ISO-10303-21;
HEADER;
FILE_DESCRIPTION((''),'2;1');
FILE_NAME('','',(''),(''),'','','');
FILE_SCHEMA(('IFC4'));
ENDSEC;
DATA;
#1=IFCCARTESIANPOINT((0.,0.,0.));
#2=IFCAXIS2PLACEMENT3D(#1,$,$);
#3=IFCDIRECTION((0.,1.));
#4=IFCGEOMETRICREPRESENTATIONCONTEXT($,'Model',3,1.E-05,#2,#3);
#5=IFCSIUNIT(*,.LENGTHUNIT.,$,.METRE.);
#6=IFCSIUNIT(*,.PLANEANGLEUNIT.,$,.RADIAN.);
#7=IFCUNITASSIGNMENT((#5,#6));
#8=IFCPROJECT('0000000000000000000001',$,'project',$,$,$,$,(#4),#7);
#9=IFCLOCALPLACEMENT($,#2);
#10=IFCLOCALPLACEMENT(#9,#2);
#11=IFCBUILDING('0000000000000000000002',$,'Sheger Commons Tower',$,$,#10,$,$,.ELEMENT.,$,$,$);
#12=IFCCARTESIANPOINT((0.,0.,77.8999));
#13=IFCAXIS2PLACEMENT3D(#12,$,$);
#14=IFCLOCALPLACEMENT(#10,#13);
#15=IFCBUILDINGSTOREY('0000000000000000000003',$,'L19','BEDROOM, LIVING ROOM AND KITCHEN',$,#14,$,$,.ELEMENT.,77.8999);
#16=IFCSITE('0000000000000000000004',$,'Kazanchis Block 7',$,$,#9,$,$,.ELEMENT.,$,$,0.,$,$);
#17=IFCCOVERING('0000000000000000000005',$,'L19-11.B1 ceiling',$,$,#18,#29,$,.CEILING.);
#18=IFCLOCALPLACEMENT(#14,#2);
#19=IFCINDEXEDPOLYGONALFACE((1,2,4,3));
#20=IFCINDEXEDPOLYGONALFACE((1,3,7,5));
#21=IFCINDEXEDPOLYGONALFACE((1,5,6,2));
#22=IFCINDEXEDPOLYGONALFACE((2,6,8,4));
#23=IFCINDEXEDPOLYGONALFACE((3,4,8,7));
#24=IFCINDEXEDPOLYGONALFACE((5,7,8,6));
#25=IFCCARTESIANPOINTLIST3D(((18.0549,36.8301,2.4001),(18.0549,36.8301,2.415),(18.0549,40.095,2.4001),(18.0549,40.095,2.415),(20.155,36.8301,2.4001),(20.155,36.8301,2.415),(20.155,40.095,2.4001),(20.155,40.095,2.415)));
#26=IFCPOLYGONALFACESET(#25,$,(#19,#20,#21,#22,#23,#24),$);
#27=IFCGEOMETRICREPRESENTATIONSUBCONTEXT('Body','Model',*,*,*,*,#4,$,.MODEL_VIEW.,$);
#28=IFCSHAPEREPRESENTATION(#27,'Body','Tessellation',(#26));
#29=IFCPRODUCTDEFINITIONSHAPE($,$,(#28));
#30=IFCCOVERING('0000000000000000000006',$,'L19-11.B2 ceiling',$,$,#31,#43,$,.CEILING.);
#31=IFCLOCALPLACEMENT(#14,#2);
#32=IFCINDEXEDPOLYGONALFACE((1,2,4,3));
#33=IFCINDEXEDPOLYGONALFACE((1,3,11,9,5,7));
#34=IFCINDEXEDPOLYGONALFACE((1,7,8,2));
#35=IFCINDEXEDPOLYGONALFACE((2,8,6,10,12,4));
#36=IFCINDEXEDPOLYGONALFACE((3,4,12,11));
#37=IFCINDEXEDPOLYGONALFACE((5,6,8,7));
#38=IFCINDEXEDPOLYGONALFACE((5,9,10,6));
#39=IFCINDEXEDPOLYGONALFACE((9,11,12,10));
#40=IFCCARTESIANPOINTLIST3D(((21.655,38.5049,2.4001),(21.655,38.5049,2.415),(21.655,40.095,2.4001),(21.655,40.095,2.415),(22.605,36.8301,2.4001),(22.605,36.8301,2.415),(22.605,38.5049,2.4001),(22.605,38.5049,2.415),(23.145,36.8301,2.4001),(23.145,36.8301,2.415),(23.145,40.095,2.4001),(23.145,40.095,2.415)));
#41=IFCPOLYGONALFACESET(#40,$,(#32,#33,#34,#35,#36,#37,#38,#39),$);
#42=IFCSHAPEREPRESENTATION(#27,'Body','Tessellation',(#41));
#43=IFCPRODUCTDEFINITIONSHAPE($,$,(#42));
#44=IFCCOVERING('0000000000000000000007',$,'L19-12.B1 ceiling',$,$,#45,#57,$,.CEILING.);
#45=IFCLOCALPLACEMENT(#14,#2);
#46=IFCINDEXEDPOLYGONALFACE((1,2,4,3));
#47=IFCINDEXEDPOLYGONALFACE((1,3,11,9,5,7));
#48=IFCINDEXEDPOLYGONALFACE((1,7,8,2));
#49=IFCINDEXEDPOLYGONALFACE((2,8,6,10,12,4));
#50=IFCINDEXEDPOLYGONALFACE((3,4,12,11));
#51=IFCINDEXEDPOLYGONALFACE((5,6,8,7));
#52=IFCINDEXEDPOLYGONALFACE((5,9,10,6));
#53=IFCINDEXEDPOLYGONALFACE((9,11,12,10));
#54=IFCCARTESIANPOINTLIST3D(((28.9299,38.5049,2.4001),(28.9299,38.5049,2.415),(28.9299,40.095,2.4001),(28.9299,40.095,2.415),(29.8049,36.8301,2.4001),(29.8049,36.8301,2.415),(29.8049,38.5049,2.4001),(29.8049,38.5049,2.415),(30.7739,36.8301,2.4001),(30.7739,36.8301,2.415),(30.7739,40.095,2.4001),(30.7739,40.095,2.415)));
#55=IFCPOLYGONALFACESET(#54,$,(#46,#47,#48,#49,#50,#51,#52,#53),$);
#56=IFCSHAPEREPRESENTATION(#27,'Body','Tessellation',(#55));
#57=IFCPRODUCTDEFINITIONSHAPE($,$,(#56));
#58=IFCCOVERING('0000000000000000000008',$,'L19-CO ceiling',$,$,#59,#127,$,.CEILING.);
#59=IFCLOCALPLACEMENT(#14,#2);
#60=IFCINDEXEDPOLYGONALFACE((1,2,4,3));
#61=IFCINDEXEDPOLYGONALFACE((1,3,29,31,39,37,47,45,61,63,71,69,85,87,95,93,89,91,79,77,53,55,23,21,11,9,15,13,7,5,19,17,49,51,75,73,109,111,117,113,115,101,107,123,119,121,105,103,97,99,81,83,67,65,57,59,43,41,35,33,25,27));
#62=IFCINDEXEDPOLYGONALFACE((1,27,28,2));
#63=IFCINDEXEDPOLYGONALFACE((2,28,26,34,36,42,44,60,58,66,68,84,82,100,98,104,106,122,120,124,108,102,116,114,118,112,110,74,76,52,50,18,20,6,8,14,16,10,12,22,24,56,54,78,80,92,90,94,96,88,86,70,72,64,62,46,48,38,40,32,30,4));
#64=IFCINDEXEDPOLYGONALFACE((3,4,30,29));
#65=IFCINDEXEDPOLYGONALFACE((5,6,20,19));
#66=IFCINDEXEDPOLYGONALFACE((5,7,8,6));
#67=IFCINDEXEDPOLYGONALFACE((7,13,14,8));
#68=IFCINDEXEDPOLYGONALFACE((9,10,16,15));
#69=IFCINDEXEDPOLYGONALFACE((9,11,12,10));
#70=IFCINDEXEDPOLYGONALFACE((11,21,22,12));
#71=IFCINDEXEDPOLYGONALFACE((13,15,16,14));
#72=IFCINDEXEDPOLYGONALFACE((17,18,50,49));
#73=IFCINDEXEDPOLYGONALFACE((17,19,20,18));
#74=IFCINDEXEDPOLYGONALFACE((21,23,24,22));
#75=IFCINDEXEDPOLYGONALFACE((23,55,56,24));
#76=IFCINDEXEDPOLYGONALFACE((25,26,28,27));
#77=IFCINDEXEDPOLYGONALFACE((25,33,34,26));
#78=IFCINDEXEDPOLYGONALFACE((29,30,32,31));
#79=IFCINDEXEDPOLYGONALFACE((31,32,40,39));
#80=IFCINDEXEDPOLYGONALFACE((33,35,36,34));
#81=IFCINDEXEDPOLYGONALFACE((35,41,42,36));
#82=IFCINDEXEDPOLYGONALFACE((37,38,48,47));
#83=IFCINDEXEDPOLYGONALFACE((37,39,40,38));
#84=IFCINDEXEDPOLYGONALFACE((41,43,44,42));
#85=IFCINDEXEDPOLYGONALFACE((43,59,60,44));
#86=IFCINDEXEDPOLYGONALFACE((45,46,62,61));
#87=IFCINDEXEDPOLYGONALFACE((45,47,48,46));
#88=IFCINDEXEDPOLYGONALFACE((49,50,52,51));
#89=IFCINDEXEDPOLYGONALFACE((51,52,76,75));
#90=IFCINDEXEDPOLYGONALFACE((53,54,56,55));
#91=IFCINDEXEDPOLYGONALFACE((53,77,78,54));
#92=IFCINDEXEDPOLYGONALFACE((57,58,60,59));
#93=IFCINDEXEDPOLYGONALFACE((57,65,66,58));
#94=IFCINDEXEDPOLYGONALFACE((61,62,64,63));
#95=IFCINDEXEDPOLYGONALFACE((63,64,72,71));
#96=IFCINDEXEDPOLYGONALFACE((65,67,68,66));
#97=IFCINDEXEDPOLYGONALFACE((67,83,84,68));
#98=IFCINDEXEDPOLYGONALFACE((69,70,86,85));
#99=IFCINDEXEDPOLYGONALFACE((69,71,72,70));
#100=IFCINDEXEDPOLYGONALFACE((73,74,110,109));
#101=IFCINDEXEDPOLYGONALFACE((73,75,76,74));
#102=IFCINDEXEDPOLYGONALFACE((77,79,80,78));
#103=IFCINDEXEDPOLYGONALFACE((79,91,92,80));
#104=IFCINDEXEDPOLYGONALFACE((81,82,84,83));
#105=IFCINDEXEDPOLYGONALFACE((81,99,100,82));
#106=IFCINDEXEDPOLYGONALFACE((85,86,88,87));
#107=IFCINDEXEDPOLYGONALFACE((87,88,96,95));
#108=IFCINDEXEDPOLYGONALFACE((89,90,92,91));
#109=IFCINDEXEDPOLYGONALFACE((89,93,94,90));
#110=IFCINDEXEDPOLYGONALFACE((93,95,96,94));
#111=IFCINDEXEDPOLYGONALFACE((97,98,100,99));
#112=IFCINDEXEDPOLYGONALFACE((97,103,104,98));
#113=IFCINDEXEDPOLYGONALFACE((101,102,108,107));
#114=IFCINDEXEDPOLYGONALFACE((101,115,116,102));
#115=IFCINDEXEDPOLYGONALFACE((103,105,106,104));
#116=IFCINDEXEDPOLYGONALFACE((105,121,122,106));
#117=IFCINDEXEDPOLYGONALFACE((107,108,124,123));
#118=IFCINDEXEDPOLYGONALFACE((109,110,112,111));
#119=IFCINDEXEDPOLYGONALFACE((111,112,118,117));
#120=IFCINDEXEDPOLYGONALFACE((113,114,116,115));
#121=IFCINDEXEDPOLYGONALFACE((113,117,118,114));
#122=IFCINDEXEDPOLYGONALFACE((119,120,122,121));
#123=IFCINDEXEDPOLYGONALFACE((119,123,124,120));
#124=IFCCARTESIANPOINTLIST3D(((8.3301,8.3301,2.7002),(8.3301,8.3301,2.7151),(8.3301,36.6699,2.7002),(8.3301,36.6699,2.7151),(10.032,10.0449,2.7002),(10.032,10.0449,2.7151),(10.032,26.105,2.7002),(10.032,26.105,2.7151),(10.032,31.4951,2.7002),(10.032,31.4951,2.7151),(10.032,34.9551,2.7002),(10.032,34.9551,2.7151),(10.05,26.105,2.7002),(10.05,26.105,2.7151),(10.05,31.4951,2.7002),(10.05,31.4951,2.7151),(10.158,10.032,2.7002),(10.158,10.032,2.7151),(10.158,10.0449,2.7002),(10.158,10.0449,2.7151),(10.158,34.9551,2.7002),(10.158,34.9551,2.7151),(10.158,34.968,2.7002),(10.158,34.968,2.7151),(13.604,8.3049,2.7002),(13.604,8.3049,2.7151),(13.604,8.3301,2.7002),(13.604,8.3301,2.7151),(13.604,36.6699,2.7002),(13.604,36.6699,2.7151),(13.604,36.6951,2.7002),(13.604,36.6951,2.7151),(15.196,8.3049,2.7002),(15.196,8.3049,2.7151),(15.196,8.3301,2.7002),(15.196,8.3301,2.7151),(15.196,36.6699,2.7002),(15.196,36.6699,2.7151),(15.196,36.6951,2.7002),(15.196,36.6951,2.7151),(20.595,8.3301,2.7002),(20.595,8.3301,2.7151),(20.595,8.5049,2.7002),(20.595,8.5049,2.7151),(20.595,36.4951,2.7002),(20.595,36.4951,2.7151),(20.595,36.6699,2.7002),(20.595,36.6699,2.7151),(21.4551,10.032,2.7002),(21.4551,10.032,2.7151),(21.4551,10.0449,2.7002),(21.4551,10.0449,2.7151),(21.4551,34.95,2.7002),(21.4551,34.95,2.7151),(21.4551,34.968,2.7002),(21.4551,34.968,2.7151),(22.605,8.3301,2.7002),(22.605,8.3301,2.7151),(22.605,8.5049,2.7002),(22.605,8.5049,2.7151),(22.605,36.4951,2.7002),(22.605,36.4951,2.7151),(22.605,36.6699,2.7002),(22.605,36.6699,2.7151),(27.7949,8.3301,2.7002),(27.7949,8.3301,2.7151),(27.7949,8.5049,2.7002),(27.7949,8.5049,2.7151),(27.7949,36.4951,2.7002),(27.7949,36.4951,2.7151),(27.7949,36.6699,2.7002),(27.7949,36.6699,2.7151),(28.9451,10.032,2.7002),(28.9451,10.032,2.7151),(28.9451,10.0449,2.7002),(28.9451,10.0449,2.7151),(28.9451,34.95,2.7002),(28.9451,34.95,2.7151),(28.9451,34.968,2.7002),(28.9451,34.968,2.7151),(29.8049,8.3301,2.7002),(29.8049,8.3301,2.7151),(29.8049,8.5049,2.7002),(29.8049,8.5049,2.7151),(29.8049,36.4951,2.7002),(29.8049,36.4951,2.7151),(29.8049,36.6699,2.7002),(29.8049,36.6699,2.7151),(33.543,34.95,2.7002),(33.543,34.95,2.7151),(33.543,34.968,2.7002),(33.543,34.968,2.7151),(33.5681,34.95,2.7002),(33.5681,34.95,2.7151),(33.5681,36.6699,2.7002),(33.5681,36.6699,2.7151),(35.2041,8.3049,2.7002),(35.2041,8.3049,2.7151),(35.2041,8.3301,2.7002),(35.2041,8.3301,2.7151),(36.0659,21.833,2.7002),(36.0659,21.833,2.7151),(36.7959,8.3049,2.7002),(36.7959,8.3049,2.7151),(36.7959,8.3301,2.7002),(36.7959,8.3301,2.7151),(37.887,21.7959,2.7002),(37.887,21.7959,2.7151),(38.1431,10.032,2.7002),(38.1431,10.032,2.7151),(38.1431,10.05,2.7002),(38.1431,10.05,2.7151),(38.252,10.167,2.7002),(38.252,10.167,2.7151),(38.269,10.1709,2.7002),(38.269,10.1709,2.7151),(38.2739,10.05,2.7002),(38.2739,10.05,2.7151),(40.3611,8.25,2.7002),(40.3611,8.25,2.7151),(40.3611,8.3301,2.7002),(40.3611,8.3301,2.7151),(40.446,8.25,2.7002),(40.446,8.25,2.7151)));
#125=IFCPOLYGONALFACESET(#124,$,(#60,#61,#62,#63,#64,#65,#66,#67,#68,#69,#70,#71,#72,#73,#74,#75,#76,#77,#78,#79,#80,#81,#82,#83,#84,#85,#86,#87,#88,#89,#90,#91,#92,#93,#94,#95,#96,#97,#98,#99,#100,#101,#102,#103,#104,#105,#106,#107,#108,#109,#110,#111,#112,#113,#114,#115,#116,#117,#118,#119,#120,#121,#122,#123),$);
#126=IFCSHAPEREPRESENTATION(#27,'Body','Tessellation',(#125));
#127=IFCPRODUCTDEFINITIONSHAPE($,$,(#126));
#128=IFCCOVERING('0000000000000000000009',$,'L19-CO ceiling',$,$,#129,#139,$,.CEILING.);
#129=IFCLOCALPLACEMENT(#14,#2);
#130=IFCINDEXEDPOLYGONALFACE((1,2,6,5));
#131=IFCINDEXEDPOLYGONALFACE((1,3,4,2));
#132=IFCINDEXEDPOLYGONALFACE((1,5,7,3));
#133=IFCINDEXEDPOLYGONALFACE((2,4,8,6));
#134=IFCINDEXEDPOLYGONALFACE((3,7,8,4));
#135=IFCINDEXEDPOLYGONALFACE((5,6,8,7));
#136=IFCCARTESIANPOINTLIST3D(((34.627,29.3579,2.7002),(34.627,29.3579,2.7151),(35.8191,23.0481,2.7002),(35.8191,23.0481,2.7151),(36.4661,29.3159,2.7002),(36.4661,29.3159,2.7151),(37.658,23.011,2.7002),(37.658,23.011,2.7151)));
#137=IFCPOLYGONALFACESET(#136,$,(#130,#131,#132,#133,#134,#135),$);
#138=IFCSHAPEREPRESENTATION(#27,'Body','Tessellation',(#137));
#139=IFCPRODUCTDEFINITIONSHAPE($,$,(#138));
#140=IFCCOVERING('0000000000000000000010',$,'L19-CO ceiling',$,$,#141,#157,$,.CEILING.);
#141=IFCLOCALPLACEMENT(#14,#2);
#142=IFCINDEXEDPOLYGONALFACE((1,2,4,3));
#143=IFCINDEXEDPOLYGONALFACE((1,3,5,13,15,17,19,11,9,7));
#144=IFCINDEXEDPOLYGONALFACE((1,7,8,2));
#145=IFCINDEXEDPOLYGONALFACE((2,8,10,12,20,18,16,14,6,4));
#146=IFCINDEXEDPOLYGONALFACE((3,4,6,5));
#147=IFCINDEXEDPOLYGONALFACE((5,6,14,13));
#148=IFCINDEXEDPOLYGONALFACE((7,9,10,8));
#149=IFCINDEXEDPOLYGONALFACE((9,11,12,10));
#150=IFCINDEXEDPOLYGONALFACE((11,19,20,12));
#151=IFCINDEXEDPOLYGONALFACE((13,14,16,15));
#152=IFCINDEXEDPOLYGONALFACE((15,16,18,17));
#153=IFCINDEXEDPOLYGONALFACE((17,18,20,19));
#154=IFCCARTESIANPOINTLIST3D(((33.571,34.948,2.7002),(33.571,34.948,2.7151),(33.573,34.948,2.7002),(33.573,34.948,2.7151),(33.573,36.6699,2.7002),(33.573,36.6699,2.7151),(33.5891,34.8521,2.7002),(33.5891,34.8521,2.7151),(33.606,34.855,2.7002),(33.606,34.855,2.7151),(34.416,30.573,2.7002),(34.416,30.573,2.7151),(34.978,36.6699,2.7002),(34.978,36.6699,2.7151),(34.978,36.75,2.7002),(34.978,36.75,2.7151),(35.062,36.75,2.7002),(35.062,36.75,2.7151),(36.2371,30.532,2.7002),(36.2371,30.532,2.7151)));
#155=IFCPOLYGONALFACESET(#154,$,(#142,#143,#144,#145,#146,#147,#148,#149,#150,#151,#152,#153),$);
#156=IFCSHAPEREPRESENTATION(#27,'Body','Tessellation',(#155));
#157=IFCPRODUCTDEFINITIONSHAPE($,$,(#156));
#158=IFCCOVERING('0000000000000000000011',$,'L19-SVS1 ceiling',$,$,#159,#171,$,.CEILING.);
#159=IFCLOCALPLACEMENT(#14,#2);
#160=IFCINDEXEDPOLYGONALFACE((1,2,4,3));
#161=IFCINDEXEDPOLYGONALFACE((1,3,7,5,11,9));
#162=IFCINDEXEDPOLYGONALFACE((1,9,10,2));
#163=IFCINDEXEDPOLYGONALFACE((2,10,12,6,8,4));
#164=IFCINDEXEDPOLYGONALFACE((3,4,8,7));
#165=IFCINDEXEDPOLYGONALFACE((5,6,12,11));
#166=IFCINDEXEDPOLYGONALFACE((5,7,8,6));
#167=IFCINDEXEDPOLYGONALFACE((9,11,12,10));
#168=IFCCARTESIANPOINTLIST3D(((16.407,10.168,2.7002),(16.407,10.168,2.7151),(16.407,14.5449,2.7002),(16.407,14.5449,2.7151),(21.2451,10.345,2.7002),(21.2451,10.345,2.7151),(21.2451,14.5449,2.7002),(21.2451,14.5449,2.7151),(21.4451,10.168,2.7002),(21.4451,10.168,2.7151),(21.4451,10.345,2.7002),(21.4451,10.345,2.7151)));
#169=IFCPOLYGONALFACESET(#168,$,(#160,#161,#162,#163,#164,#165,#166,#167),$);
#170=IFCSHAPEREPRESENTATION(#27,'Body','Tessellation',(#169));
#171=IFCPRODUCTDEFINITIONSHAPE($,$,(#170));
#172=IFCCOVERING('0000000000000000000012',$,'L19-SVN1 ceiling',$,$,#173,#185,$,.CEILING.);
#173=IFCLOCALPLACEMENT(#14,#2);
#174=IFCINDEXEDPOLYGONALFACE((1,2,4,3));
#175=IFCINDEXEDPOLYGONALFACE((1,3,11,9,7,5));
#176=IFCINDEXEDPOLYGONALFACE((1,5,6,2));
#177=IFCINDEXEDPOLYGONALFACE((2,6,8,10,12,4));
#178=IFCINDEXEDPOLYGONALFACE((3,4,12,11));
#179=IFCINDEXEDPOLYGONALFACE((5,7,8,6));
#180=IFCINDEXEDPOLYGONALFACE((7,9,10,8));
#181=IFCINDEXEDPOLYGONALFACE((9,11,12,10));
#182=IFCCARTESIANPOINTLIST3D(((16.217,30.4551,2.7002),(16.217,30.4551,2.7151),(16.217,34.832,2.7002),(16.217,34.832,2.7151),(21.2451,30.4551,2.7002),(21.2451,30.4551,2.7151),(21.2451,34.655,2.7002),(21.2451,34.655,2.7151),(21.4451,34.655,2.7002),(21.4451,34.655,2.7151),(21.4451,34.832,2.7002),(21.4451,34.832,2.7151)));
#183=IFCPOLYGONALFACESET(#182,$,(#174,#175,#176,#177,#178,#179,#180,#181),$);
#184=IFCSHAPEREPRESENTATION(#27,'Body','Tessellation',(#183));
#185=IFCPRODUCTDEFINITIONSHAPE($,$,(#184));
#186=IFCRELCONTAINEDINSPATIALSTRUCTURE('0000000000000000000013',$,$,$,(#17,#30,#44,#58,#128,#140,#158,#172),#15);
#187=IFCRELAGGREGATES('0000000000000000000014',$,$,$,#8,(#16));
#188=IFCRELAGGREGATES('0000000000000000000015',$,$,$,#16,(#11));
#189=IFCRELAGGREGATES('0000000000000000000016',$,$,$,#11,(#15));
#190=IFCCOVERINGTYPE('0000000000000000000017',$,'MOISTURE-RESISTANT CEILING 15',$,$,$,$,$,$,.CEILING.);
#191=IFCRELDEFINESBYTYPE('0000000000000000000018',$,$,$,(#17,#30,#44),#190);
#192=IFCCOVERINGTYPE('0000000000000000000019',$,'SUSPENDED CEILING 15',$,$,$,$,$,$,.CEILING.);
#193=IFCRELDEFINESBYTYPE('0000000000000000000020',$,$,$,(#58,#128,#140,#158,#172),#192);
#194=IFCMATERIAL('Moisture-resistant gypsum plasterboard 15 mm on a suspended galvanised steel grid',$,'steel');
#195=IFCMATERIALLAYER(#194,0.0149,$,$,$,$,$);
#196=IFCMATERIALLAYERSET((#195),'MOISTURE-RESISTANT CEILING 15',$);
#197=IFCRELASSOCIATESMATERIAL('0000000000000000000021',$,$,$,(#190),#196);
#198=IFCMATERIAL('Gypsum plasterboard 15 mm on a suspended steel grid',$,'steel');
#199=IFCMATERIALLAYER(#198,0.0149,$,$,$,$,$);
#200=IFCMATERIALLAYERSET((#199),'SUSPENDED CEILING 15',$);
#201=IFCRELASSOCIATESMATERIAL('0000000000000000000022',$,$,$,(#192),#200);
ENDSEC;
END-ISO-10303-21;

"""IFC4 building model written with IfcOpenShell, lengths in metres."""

from ifc_helpers import new_model, si_unit, direction, frame, origin, place, context, subcontext, project, spatial, polyline, outline, extrude, material, layer, layer_set, type_object, element, save


model = new_model("IFC4")

# Units and contexts
model_context = context("Model", 3, precision=1e-05, world=origin(), true_north=direction((0.0, 1.0)))
body_context = subcontext(model_context, "Body", "Model", "MODEL_VIEW")
ifc_project = project(units=[si_unit("LENGTHUNIT", "METRE"), si_unit("PLANEANGLEUNIT", "RADIAN")], contexts=[model_context])

# Site, building, storey
site_placement = place(None, origin())
site = spatial("IfcSite", under=ifc_project, at=site_placement, Name="Kazanchis Block 7", CompositionType="ELEMENT", RefElevation=0.0)
building_placement = place(site_placement, origin())
building = spatial("IfcBuilding", under=site, at=building_placement, Name="Sheger Commons Tower", CompositionType="ELEMENT")
storey_placement = place(building_placement, frame((0.0, 0.0, 77.8999)))
storey = spatial("IfcBuildingStorey", under=building, at=storey_placement, Name="L19", Description="BEDROOM, LIVING ROOM AND KITCHEN", CompositionType="ELEMENT", Elevation=77.8999)

# Coverings
ifc_material_1 = material(Name="Moisture-resistant gypsum plasterboard 15 mm on a suspended galvanised steel grid", Category="steel")
ifc_layer_1 = layer(ifc_material_1, 0.0149)
ifc_layer_set_1 = layer_set([ifc_layer_1], Name="MOISTURE-RESISTANT CEILING 15")
covering_type_1 = type_object("IfcCoveringType", Name="MOISTURE-RESISTANT CEILING 15", PredefinedType="CEILING", material=ifc_layer_set_1)
covering_1_placement = place(storey_placement, frame((0.0, 0.0, 2.4001)))
element("IfcCovering", 1, at=covering_1_placement, inside=storey, type_object=covering_type_1, Name="L19-11.B1 ceiling", PredefinedType="CEILING", context=body_context, shape_type="SweptSolid", body=[
    extrude(outline(polyline([(18.0549, 36.8301), (20.155, 36.8301), (20.155, 40.095), (18.0549, 40.095), (18.0549, 36.8301)])), origin(), (0.0, 0.0, 1.0), 0.0149),
])
covering_2_placement = place(storey_placement, frame((0.0, 0.0, 2.4001)))
element("IfcCovering", 2, at=covering_2_placement, inside=storey, type_object=covering_type_1, Name="L19-11.B2 ceiling", PredefinedType="CEILING", context=body_context, shape_type="SweptSolid", body=[
    extrude(outline(polyline([(22.605, 36.8301), (23.145, 36.8301), (23.145, 40.095), (21.655, 40.095), (21.655, 38.5049), (22.605, 38.5049), (22.605, 36.8301)])), origin(), (0.0, 0.0, 1.0), 0.0149),
])
covering_3_placement = place(storey_placement, frame((0.0, 0.0, 2.4001)))
element("IfcCovering", 3, at=covering_3_placement, inside=storey, type_object=covering_type_1, Name="L19-12.B1 ceiling", PredefinedType="CEILING", context=body_context, shape_type="SweptSolid", body=[
    extrude(outline(polyline([(29.8049, 36.8301), (30.7739, 36.8301), (30.7739, 40.095), (28.9299, 40.095), (28.9299, 38.5049), (29.8049, 38.5049), (29.8049, 36.8301)])), origin(), (0.0, 0.0, 1.0), 0.0149),
])
ifc_material_2 = material(Name="Gypsum plasterboard 15 mm on a suspended steel grid", Category="steel")
ifc_layer_2 = layer(ifc_material_2, 0.0149)
ifc_layer_set_2 = layer_set([ifc_layer_2], Name="SUSPENDED CEILING 15")
covering_type_2 = type_object("IfcCoveringType", Name="SUSPENDED CEILING 15", PredefinedType="CEILING", material=ifc_layer_set_2)
covering_4_placement = place(storey_placement, frame((0.0, 0.0, 2.7002)))
element("IfcCovering", 4, at=covering_4_placement, inside=storey, type_object=covering_type_2, Name="L19-CO ceiling", PredefinedType="CEILING", context=body_context, shape_type="SweptSolid", body=[
    extrude(outline(polyline([(40.3611, 8.25), (40.446, 8.25), (37.887, 21.7959), (36.0659, 21.833), (38.269, 10.1709), (38.252, 10.167), (38.2739, 10.05), (38.1431, 10.05), (38.1431, 10.032), (28.9451, 10.032), (28.9451, 10.0449), (21.4551, 10.0449), (21.4551, 10.032), (10.158, 10.032), (10.158, 10.0449), (10.032, 10.0449), (10.032, 26.105), (10.05, 26.105), (10.05, 31.4951), (10.032, 31.4951), (10.032, 34.9551), (10.158, 34.9551), (10.158, 34.968), (21.4551, 34.968), (21.4551, 34.95), (28.9451, 34.95), (28.9451, 34.968), (33.543, 34.968), (33.543, 34.95), (33.5681, 34.95), (33.5681, 36.6699), (29.8049, 36.6699), (29.8049, 36.4951), (27.7949, 36.4951), (27.7949, 36.6699), (22.605, 36.6699), (22.605, 36.4951), (20.595, 36.4951), (20.595, 36.6699), (15.196, 36.6699), (15.196, 36.6951), (13.604, 36.6951), (13.604, 36.6699), (8.3301, 36.6699), (8.3301, 8.3301), (13.604, 8.3301), (13.604, 8.3049), (15.196, 8.3049), (15.196, 8.3301), (20.595, 8.3301), (20.595, 8.5049), (22.605, 8.5049), (22.605, 8.3301), (27.7949, 8.3301), (27.7949, 8.5049), (29.8049, 8.5049), (29.8049, 8.3301), (35.2041, 8.3301), (35.2041, 8.3049), (36.7959, 8.3049), (36.7959, 8.3301), (40.3611, 8.3301), (40.3611, 8.25)])), origin(), (0.0, 0.0, 1.0), 0.0149),
])
covering_5_placement = place(storey_placement, frame((0.0, 0.0, 2.7002)))
element("IfcCovering", 5, at=covering_5_placement, inside=storey, type_object=covering_type_2, Name="L19-CO ceiling", PredefinedType="CEILING", context=body_context, shape_type="SweptSolid", body=[
    extrude(outline(polyline([(37.658, 23.011), (36.4661, 29.3159), (34.627, 29.3579), (35.8191, 23.0481), (37.658, 23.011)])), origin(), (0.0, 0.0, 1.0), 0.0149),
])
covering_6_placement = place(storey_placement, frame((0.0, 0.0, 2.7002)))
element("IfcCovering", 6, at=covering_6_placement, inside=storey, type_object=covering_type_2, Name="L19-CO ceiling", PredefinedType="CEILING", context=body_context, shape_type="SweptSolid", body=[
    extrude(outline(polyline([(36.2371, 30.532), (35.062, 36.75), (34.978, 36.75), (34.978, 36.6699), (33.573, 36.6699), (33.573, 34.948), (33.571, 34.948), (33.5891, 34.8521), (33.606, 34.855), (34.416, 30.573), (36.2371, 30.532)])), origin(), (0.0, 0.0, 1.0), 0.0149),
])
covering_7_placement = place(storey_placement, frame((0.0, 0.0, 2.7002)))
element("IfcCovering", 7, at=covering_7_placement, inside=storey, type_object=covering_type_2, Name="L19-SVS1 ceiling", PredefinedType="CEILING", context=body_context, shape_type="SweptSolid", body=[
    extrude(outline(polyline([(16.407, 10.168), (21.4451, 10.168), (21.4451, 10.345), (21.2451, 10.345), (21.2451, 14.5449), (16.407, 14.5449), (16.407, 10.168)])), origin(), (0.0, 0.0, 1.0), 0.0149),
])
covering_8_placement = place(storey_placement, frame((0.0, 0.0, 2.7002)))
element("IfcCovering", 8, at=covering_8_placement, inside=storey, type_object=covering_type_2, Name="L19-SVN1 ceiling", PredefinedType="CEILING", context=body_context, shape_type="SweptSolid", body=[
    extrude(outline(polyline([(16.217, 30.4551), (21.2451, 30.4551), (21.2451, 34.655), (21.4451, 34.655), (21.4451, 34.832), (16.217, 34.832), (16.217, 30.4551)])), origin(), (0.0, 0.0, 1.0), 0.0149),
])

save(model, "model.ifc")
